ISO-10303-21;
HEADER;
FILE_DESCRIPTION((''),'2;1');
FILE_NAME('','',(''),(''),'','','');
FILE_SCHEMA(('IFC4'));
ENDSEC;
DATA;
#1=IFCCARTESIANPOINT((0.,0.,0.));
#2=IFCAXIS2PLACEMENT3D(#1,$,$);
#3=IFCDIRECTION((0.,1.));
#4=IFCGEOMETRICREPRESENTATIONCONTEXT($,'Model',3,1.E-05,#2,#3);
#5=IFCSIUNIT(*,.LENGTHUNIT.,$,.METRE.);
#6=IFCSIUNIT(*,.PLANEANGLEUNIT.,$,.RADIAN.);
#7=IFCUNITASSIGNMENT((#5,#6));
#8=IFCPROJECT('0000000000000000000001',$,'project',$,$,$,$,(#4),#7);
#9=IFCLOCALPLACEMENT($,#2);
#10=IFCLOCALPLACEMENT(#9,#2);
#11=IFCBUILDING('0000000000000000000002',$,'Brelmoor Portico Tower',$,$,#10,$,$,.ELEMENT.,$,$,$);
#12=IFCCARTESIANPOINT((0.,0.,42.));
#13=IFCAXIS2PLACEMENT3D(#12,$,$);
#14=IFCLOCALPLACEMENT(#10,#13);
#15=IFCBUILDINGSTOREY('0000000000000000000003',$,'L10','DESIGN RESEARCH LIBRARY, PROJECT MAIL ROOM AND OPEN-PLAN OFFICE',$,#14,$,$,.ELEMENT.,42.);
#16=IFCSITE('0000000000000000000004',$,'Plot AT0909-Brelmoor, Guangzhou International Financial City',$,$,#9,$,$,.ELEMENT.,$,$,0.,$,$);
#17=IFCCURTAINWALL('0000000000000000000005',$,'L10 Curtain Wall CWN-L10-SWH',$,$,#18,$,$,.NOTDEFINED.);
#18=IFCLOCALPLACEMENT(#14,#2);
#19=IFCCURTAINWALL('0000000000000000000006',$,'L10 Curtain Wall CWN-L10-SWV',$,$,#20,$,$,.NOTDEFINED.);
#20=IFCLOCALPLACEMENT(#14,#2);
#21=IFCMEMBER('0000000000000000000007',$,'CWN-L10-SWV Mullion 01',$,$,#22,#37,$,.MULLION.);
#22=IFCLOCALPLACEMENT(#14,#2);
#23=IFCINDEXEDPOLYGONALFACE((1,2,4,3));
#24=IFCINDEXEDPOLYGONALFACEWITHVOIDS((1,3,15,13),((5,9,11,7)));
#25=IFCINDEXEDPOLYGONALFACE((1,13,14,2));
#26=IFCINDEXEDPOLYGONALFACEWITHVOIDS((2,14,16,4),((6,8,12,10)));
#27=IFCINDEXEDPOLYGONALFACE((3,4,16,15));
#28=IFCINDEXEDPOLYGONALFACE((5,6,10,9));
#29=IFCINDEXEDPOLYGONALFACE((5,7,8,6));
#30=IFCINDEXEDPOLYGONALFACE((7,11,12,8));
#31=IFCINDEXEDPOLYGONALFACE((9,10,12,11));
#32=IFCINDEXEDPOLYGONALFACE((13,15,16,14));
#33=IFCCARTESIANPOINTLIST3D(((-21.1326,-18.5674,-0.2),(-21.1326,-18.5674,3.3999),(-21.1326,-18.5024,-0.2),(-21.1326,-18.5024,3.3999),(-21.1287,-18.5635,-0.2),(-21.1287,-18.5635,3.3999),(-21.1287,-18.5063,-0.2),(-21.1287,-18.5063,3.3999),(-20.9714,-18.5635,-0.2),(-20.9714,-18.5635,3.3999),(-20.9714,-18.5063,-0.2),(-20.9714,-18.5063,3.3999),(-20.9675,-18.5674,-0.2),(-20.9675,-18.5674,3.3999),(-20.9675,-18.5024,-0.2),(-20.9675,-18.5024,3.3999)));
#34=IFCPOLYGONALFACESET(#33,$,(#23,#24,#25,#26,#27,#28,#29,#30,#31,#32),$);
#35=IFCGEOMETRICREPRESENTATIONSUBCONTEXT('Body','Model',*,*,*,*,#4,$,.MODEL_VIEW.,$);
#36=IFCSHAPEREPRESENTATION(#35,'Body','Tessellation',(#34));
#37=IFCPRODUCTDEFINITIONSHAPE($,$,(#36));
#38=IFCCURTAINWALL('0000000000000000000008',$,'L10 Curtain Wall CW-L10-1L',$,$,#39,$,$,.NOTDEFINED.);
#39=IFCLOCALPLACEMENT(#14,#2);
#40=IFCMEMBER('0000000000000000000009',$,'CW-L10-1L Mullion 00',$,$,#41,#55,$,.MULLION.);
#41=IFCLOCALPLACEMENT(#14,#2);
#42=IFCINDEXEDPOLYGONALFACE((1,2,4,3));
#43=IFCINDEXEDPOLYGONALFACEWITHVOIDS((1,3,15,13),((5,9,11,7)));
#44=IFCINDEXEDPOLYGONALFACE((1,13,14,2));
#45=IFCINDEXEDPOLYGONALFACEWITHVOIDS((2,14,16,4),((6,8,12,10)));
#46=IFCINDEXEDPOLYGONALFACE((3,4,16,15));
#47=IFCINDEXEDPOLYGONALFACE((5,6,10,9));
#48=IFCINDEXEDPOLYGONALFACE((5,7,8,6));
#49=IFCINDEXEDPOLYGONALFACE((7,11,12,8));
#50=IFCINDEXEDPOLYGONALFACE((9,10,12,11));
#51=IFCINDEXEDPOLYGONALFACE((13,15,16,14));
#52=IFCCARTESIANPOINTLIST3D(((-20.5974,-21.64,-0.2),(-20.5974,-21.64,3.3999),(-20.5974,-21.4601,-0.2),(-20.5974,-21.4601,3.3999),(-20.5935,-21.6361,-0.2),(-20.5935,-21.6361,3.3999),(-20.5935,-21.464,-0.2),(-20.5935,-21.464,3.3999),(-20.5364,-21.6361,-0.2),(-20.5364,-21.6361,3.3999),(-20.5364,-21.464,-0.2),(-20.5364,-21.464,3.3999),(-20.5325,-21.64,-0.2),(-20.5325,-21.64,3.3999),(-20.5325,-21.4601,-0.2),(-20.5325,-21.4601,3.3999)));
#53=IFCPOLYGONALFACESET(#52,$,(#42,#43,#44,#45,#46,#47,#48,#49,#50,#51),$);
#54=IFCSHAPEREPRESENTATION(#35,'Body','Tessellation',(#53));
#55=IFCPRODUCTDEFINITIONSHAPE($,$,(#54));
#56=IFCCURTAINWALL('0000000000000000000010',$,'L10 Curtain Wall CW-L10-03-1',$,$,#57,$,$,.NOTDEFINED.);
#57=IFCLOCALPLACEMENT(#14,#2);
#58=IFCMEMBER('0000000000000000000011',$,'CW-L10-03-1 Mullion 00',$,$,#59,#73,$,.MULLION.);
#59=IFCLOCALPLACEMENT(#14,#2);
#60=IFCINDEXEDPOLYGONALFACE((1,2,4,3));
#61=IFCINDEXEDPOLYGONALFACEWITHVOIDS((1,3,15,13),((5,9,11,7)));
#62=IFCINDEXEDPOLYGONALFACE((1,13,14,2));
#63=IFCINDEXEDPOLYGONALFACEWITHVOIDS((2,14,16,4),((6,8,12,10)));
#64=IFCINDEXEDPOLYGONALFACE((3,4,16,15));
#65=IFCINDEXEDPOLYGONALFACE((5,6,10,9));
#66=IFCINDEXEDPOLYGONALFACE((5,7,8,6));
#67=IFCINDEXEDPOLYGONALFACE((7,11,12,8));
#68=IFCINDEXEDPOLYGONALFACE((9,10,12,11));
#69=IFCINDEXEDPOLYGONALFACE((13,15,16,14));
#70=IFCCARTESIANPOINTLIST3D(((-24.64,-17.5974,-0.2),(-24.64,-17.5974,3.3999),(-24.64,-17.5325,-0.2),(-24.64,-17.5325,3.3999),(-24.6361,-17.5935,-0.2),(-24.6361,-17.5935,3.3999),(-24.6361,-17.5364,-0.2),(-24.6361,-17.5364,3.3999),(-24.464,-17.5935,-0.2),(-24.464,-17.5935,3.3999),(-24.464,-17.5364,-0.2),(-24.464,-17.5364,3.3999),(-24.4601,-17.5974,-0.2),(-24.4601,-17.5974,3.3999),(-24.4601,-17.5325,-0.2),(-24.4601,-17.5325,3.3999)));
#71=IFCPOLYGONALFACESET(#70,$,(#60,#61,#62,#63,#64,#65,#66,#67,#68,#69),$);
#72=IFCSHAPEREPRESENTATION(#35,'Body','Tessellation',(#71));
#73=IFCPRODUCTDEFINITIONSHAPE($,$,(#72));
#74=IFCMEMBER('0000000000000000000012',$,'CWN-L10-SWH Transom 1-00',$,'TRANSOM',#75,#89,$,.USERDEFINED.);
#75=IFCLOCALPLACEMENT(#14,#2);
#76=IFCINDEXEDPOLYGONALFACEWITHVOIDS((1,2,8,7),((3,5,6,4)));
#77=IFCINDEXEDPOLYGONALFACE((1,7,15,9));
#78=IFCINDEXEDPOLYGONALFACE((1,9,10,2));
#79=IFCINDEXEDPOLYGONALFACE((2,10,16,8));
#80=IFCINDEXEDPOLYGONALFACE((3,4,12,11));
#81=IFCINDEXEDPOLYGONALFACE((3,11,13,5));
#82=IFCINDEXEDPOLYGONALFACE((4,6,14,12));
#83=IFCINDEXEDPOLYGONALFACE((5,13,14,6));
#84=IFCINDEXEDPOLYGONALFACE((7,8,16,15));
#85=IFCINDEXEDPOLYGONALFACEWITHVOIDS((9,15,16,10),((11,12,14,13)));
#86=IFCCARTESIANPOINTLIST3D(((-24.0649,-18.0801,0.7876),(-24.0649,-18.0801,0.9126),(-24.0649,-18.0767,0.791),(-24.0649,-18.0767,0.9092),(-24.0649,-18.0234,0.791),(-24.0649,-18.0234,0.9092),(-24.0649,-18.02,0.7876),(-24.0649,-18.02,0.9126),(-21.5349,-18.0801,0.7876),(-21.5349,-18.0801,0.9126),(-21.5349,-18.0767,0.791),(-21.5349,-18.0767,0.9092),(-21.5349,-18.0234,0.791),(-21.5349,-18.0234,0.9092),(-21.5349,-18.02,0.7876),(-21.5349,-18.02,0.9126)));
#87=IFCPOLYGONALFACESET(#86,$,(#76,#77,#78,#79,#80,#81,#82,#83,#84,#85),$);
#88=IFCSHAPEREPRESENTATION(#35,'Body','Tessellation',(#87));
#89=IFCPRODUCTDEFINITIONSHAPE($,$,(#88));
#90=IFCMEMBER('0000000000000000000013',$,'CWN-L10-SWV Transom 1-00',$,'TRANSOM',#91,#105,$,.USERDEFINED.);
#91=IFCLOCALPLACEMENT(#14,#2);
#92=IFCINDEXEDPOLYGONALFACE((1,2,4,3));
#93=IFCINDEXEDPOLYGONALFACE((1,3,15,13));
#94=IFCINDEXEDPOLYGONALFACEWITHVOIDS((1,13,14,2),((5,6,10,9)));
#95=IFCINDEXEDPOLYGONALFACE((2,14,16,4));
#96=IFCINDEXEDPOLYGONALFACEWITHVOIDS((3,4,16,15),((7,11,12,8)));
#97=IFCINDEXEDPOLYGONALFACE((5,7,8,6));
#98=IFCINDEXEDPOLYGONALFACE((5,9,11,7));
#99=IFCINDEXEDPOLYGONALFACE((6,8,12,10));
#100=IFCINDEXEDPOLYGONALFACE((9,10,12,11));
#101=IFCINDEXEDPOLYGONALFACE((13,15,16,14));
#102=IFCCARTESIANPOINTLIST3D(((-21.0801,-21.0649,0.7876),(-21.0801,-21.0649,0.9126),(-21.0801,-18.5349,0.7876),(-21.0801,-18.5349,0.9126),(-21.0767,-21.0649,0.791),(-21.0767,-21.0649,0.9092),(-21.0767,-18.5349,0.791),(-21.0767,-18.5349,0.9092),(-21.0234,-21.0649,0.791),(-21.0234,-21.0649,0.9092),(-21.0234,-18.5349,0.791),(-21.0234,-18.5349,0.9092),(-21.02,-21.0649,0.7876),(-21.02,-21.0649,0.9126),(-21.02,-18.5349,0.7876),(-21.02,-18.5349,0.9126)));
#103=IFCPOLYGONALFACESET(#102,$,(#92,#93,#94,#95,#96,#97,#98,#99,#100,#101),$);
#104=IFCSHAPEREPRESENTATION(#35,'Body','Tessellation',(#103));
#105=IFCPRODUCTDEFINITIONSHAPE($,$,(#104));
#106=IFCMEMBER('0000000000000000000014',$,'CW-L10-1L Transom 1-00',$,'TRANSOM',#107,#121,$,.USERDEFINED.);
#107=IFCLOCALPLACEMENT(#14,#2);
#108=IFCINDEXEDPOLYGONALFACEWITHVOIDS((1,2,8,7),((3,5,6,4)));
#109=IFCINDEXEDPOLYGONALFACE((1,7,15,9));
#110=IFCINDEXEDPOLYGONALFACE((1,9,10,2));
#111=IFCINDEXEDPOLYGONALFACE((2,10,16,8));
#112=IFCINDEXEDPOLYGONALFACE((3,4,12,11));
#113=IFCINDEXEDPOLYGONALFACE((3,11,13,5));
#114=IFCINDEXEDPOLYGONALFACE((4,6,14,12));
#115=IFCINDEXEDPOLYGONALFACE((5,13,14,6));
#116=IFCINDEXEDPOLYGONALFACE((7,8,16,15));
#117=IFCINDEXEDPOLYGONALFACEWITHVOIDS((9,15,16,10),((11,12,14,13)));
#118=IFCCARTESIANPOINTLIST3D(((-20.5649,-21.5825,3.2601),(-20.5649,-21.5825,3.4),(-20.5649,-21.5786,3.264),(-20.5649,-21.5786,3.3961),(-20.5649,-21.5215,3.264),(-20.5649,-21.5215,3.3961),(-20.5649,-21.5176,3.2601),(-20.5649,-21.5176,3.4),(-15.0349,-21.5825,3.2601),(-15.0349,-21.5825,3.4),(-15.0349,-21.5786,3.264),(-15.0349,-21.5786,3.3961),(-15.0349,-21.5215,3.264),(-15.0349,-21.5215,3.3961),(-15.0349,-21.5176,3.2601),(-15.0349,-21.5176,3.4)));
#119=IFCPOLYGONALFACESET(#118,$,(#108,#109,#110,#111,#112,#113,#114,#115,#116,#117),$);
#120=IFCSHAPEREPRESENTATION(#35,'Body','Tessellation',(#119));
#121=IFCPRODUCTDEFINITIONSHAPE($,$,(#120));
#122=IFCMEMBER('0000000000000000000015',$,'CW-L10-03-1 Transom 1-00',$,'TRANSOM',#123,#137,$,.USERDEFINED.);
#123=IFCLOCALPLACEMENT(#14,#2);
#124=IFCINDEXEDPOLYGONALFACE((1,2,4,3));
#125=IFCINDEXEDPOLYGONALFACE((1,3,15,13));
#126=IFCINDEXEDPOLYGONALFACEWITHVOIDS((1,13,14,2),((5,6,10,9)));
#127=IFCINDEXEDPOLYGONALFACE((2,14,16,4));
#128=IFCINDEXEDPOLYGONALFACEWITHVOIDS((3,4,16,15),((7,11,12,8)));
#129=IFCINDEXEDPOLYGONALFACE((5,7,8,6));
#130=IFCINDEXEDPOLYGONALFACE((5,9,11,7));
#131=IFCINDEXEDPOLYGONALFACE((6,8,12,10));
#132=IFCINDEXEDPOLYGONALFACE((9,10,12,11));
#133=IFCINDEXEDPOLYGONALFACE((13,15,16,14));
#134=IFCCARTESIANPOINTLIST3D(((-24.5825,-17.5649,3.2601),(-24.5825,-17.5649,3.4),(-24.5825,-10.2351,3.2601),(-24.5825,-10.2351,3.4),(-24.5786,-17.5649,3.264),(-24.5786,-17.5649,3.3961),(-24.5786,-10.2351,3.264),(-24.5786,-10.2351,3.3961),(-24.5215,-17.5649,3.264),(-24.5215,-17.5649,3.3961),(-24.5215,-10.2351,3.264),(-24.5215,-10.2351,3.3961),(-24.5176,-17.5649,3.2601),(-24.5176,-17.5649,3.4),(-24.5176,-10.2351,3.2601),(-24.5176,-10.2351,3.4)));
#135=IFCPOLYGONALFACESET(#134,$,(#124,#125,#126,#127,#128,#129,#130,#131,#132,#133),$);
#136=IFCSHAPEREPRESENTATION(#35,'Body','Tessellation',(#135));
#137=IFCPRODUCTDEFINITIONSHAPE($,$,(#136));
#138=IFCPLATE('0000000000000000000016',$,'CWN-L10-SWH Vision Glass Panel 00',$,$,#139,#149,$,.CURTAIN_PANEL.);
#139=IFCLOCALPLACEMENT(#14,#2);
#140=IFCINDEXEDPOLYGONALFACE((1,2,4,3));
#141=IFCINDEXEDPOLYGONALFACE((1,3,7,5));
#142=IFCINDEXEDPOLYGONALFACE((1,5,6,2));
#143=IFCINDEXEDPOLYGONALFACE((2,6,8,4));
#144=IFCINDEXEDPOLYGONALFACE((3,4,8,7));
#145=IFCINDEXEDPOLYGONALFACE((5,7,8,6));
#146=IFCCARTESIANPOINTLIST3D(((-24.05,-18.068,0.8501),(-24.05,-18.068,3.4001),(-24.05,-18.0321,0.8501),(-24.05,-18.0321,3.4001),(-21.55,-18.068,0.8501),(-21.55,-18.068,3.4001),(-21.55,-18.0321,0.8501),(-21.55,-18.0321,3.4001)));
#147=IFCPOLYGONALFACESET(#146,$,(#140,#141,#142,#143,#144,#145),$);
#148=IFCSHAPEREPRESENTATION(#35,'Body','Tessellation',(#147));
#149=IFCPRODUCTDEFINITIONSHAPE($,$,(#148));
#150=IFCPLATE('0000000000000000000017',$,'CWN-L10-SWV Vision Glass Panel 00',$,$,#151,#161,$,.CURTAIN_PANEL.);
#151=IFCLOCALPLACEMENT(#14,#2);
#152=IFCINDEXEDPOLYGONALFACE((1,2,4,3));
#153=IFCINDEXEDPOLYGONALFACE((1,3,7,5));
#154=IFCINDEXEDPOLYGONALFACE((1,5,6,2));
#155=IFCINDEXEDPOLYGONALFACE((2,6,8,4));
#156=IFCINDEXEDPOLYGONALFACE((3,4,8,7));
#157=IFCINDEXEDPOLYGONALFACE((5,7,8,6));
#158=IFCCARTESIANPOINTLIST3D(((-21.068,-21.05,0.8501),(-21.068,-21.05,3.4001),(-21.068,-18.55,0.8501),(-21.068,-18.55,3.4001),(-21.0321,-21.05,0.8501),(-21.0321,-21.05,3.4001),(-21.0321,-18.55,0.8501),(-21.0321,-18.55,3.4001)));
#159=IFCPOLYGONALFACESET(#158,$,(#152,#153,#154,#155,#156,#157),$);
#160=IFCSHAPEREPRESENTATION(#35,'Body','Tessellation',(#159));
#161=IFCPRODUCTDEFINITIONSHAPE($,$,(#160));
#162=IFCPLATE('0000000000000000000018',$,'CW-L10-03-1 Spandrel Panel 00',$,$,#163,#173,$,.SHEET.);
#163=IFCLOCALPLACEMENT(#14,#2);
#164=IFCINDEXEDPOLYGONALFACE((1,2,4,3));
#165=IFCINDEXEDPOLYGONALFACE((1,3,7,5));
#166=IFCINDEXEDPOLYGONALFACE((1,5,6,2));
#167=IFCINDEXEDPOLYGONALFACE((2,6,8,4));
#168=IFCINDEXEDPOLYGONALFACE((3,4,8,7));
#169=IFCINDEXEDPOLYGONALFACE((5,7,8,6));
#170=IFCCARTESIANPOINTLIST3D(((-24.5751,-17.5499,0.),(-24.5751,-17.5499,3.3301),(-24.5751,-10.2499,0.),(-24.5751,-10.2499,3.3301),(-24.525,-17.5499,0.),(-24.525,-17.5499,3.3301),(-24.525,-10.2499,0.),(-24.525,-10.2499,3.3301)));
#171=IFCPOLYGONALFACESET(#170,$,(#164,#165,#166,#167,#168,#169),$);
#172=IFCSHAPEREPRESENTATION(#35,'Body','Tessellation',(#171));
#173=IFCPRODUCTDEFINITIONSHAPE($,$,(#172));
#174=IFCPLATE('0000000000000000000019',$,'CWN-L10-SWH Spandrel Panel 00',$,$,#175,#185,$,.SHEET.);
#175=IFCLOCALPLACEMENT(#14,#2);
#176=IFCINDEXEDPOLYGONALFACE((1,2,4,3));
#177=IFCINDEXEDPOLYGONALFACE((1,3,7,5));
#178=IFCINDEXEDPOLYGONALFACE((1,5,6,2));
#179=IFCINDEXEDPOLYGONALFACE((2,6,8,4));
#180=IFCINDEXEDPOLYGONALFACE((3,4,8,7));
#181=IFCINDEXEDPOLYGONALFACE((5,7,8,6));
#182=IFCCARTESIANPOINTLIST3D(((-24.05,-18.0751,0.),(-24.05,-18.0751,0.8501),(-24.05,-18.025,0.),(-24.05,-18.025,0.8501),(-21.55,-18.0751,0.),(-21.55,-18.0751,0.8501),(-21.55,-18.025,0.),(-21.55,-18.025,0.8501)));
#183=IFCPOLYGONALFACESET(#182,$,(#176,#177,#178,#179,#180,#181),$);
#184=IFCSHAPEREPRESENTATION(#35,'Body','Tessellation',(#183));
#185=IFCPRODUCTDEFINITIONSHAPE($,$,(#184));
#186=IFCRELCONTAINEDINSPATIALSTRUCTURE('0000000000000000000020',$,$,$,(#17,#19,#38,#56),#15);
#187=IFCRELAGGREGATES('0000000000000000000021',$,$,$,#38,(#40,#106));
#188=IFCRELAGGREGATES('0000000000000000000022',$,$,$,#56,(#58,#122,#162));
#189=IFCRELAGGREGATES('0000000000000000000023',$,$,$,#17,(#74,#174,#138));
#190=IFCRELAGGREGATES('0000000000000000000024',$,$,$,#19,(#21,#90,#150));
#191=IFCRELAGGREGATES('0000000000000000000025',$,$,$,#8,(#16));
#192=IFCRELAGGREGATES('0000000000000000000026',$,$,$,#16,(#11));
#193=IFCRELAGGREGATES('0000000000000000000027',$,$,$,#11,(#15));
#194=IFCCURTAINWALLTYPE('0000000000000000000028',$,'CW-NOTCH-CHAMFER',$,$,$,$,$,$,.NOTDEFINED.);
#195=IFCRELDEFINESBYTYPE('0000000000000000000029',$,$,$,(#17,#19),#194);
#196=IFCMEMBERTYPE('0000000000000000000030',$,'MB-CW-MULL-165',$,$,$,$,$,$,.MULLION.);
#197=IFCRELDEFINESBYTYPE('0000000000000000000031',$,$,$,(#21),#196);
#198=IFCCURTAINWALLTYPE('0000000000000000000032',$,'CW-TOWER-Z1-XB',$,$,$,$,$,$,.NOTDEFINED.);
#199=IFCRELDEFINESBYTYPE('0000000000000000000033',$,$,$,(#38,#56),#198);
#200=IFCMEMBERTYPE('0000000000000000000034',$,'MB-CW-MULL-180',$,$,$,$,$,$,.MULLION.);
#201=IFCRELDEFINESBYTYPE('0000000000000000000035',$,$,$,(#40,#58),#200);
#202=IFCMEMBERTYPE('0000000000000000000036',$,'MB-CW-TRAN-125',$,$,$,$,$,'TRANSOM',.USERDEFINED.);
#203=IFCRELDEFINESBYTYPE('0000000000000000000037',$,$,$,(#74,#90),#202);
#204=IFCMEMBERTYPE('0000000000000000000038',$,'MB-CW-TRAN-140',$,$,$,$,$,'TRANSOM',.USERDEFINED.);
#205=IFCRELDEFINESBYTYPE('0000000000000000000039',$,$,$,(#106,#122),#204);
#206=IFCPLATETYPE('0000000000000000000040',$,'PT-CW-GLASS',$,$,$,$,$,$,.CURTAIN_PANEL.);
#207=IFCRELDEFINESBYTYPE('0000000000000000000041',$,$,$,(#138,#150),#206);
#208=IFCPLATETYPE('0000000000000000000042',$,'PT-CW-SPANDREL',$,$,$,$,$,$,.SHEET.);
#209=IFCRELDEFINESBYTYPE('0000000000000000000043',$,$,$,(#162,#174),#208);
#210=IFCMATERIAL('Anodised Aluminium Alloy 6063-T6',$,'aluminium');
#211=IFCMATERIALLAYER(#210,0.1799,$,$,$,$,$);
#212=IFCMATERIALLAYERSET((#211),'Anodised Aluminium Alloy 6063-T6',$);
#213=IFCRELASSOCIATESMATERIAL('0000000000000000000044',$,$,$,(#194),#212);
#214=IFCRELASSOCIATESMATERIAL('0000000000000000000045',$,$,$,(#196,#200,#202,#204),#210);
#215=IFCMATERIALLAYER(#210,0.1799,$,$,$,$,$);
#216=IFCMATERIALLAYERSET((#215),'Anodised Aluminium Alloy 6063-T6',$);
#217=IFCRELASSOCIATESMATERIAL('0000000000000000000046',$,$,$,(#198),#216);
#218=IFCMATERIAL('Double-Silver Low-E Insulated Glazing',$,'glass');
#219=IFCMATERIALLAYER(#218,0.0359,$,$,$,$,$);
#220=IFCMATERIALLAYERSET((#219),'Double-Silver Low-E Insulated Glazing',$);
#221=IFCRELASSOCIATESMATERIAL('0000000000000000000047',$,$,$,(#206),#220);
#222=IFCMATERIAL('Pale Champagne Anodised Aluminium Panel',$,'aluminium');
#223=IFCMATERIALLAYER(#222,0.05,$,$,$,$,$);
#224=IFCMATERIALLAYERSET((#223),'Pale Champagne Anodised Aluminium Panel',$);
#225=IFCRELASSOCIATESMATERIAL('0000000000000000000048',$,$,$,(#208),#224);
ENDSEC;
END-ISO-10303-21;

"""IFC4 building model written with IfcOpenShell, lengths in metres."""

from ifc_helpers import new_model, si_unit, direction, frame, origin, origin_2d, place, context, subcontext, project, spatial, rectangle, hollow_rectangle, extrude, material, layer, layer_set, material_profile, profile_set, type_object, element, aggregate, save


model = new_model("IFC4")

# Units and contexts
model_context = context("Model", 3, precision=1e-05, world=origin(), true_north=direction((0.0, 1.0)))
body_context = subcontext(model_context, "Body", "Model", "MODEL_VIEW")
ifc_project = project(units=[si_unit("LENGTHUNIT", "METRE"), si_unit("PLANEANGLEUNIT", "RADIAN")], contexts=[model_context])

# Site, building, storey
site_placement = place(None, origin())
site = spatial("IfcSite", under=ifc_project, at=site_placement, Name="Plot AT0909-Brelmoor, Guangzhou International Financial City", CompositionType="ELEMENT", RefElevation=0.0)
building_placement = place(site_placement, origin())
building = spatial("IfcBuilding", under=site, at=building_placement, Name="Brelmoor Portico Tower", CompositionType="ELEMENT")
storey_placement = place(building_placement, frame((0.0, 0.0, 42.0)))
storey = spatial("IfcBuildingStorey", under=building, at=storey_placement, Name="L10", Description="DESIGN RESEARCH LIBRARY, PROJECT MAIL ROOM AND OPEN-PLAN OFFICE", CompositionType="ELEMENT", Elevation=42.0)

# Curtain walls, member
ifc_material_1 = material(Name="Anodised Aluminium Alloy 6063-T6", Category="aluminium")
ifc_layer_1 = layer(ifc_material_1, 0.1799)
ifc_layer_set_1 = layer_set([ifc_layer_1], Name="Anodised Aluminium Alloy 6063-T6")
curtain_wall_type_1 = type_object("IfcCurtainWallType", Name="CW-NOTCH-CHAMFER", PredefinedType="NOTDEFINED", material=ifc_layer_set_1)
curtain_wall_1_placement = place(storey_placement, origin())
curtain_wall_1 = element("IfcCurtainWall", 1, at=curtain_wall_1_placement, inside=storey, type_object=curtain_wall_type_1, Name="L10 Curtain Wall CWN-L10-SWH", PredefinedType="NOTDEFINED")
ifc_material_profile_1 = material_profile(ifc_material_1, hollow_rectangle(XDim=0.0649, YDim=0.165, WallThickness=0.0039, at=origin_2d()), Name="ALU MULLION 65x165")
ifc_profile_set_1 = profile_set([ifc_material_profile_1], Name="Anodised Aluminium Alloy 6063-T6")
member_type_1 = type_object("IfcMemberType", Name="MB-CW-MULL-165", PredefinedType="MULLION", material=ifc_profile_set_1)
curtain_wall_2_placement = place(storey_placement, origin())
curtain_wall_2 = element("IfcCurtainWall", 2, at=curtain_wall_2_placement, inside=storey, type_object=curtain_wall_type_1, Name="L10 Curtain Wall CWN-L10-SWV", PredefinedType="NOTDEFINED")
member_1_placement = place(storey_placement, frame((-21.05, -18.5349, -0.2), z_axis=(0.0, 0.0, 1.0), x_axis=(0.0, 1.0, 0.0)))
member_1 = element("IfcMember", 3, at=member_1_placement, type_object=member_type_1, Name="CWN-L10-SWV Mullion 01", PredefinedType="MULLION", context=body_context, shape_type="SweptSolid", body=[
    extrude(hollow_rectangle(XDim=0.0649, YDim=0.165, WallThickness=0.0039, at=origin_2d()), origin(), (0.0, 0.0, 1.0), 3.5999),
])

# Curtain walls, members
ifc_layer_2 = layer(ifc_material_1, 0.1799)
ifc_layer_set_2 = layer_set([ifc_layer_2], Name="Anodised Aluminium Alloy 6063-T6")
curtain_wall_type_2 = type_object("IfcCurtainWallType", Name="CW-TOWER-Z1-XB", PredefinedType="NOTDEFINED", material=ifc_layer_set_2)
curtain_wall_3_placement = place(storey_placement, origin())
curtain_wall_3 = element("IfcCurtainWall", 4, at=curtain_wall_3_placement, inside=storey, type_object=curtain_wall_type_2, Name="L10 Curtain Wall CW-L10-1L", PredefinedType="NOTDEFINED")
ifc_material_profile_2 = material_profile(ifc_material_1, hollow_rectangle(XDim=0.0649, YDim=0.1799, WallThickness=0.0039, at=origin_2d()), Name="ALU MULLION 65x180")
ifc_profile_set_2 = profile_set([ifc_material_profile_2], Name="Anodised Aluminium Alloy 6063-T6")
member_type_2 = type_object("IfcMemberType", Name="MB-CW-MULL-180", PredefinedType="MULLION", material=ifc_profile_set_2)
member_2_placement = place(storey_placement, frame((-20.5649, -21.55, -0.2), z_axis=(0.0, 0.0, 1.0), x_axis=(1.0, 0.0, 0.0)))
member_2 = element("IfcMember", 5, at=member_2_placement, type_object=member_type_2, Name="CW-L10-1L Mullion 00", PredefinedType="MULLION", context=body_context, shape_type="SweptSolid", body=[
    extrude(hollow_rectangle(XDim=0.0649, YDim=0.1799, WallThickness=0.0039, at=origin_2d()), origin(), (0.0, 0.0, 1.0), 3.5999),
])
curtain_wall_4_placement = place(storey_placement, origin())
curtain_wall_4 = element("IfcCurtainWall", 6, at=curtain_wall_4_placement, inside=storey, type_object=curtain_wall_type_2, Name="L10 Curtain Wall CW-L10-03-1", PredefinedType="NOTDEFINED")
member_3_placement = place(storey_placement, frame((-24.55, -17.5649, -0.2), z_axis=(0.0, 0.0, 1.0), x_axis=(0.0, 1.0, 0.0)))
member_3 = element("IfcMember", 7, at=member_3_placement, type_object=member_type_2, Name="CW-L10-03-1 Mullion 00", PredefinedType="MULLION", context=body_context, shape_type="SweptSolid", body=[
    extrude(hollow_rectangle(XDim=0.0649, YDim=0.1799, WallThickness=0.0039, at=origin_2d()), origin(), (0.0, 0.0, 1.0), 3.5999),
])

# Members
ifc_material_profile_3 = material_profile(ifc_material_1, hollow_rectangle(XDim=0.0601, YDim=0.125, WallThickness=0.0034, at=origin_2d()), Name="ALU TRANSOM 60x125")
ifc_profile_set_3 = profile_set([ifc_material_profile_3], Name="Anodised Aluminium Alloy 6063-T6")
member_type_3 = type_object("IfcMemberType", Name="MB-CW-TRAN-125", ElementType="TRANSOM", PredefinedType="USERDEFINED", material=ifc_profile_set_3)
member_4_placement = place(storey_placement, frame((-24.0649, -18.05, 0.8501), z_axis=(1.0, 0.0, 0.0), x_axis=(0.0, 1.0, 0.0)))
member_4 = element("IfcMember", 8, at=member_4_placement, type_object=member_type_3, Name="CWN-L10-SWH Transom 1-00", ObjectType="TRANSOM", PredefinedType="USERDEFINED", context=body_context, shape_type="SweptSolid", body=[
    extrude(hollow_rectangle(XDim=0.0601, YDim=0.125, WallThickness=0.0034, at=origin_2d()), origin(), (0.0, 0.0, 1.0), 2.53),
])
member_5_placement = place(storey_placement, frame((-21.05, -21.0649, 0.8501), z_axis=(0.0, 1.0, 0.0), x_axis=(-1.0, 0.0, 0.0)))
member_5 = element("IfcMember", 9, at=member_5_placement, type_object=member_type_3, Name="CWN-L10-SWV Transom 1-00", ObjectType="TRANSOM", PredefinedType="USERDEFINED", context=body_context, shape_type="SweptSolid", body=[
    extrude(hollow_rectangle(XDim=0.0601, YDim=0.125, WallThickness=0.0034, at=origin_2d()), origin(), (0.0, 0.0, 1.0), 2.53),
])
ifc_material_profile_4 = material_profile(ifc_material_1, hollow_rectangle(XDim=0.0649, YDim=0.1399, WallThickness=0.0039, at=origin_2d()), Name="ALU TRANSOM 65x140")
ifc_profile_set_4 = profile_set([ifc_material_profile_4], Name="Anodised Aluminium Alloy 6063-T6")
member_type_4 = type_object("IfcMemberType", Name="MB-CW-TRAN-140", ElementType="TRANSOM", PredefinedType="USERDEFINED", material=ifc_profile_set_4)
member_6_placement = place(storey_placement, frame((-20.5649, -21.55, 3.3301), z_axis=(1.0, 0.0, 0.0), x_axis=(0.0, 1.0, 0.0)))
member_6 = element("IfcMember", 10, at=member_6_placement, type_object=member_type_4, Name="CW-L10-1L Transom 1-00", ObjectType="TRANSOM", PredefinedType="USERDEFINED", context=body_context, shape_type="SweptSolid", body=[
    extrude(hollow_rectangle(XDim=0.0649, YDim=0.1399, WallThickness=0.0039, at=origin_2d()), origin(), (0.0, 0.0, 1.0), 5.53),
])
aggregate(curtain_wall_3, [member_2, member_6])
member_7_placement = place(storey_placement, frame((-24.55, -17.5649, 3.3301), z_axis=(0.0, 1.0, 0.0), x_axis=(-1.0, 0.0, 0.0)))
member_7 = element("IfcMember", 11, at=member_7_placement, type_object=member_type_4, Name="CW-L10-03-1 Transom 1-00", ObjectType="TRANSOM", PredefinedType="USERDEFINED", context=body_context, shape_type="SweptSolid", body=[
    extrude(hollow_rectangle(XDim=0.0649, YDim=0.1399, WallThickness=0.0039, at=origin_2d()), origin(), (0.0, 0.0, 1.0), 7.3298),
])

# Plates
ifc_material_2 = material(Name="Double-Silver Low-E Insulated Glazing", Category="glass")
ifc_layer_3 = layer(ifc_material_2, 0.0359)
ifc_layer_set_3 = layer_set([ifc_layer_3], Name="Double-Silver Low-E Insulated Glazing")
plate_type_1 = type_object("IfcPlateType", Name="PT-CW-GLASS", PredefinedType="CURTAIN_PANEL", material=ifc_layer_set_3)
plate_1_placement = place(storey_placement, frame((-22.8, -18.05, 0.8501), z_axis=(0.0, 0.0, 1.0), x_axis=(1.0, 0.0, 0.0)))
plate_1 = element("IfcPlate", 12, at=plate_1_placement, type_object=plate_type_1, Name="CWN-L10-SWH Vision Glass Panel 00", PredefinedType="CURTAIN_PANEL", context=body_context, shape_type="SweptSolid", body=[
    extrude(rectangle(XDim=2.5, YDim=0.0359, at=origin_2d()), origin(), (0.0, 0.0, 1.0), 2.55),
])
plate_2_placement = place(storey_placement, frame((-21.05, -19.8, 0.8501), z_axis=(0.0, 0.0, 1.0), x_axis=(0.0, 1.0, 0.0)))
plate_2 = element("IfcPlate", 13, at=plate_2_placement, type_object=plate_type_1, Name="CWN-L10-SWV Vision Glass Panel 00", PredefinedType="CURTAIN_PANEL", context=body_context, shape_type="SweptSolid", body=[
    extrude(rectangle(XDim=2.5, YDim=0.0359, at=origin_2d()), origin(), (0.0, 0.0, 1.0), 2.55),
])
ifc_material_3 = material(Name="Pale Champagne Anodised Aluminium Panel", Category="aluminium")
ifc_layer_4 = layer(ifc_material_3, 0.05)
ifc_layer_set_4 = layer_set([ifc_layer_4], Name="Pale Champagne Anodised Aluminium Panel")
plate_type_2 = type_object("IfcPlateType", Name="PT-CW-SPANDREL", PredefinedType="SHEET", material=ifc_layer_set_4)
plate_3_placement = place(storey_placement, frame((-24.55, -13.8999, 0.0), z_axis=(0.0, 0.0, 1.0), x_axis=(0.0, 1.0, 0.0)))
plate_3 = element("IfcPlate", 14, at=plate_3_placement, type_object=plate_type_2, Name="CW-L10-03-1 Spandrel Panel 00", PredefinedType="SHEET", context=body_context, shape_type="SweptSolid", body=[
    extrude(rectangle(XDim=7.3, YDim=0.05, at=origin_2d()), origin(), (0.0, 0.0, 1.0), 3.3301),
])
aggregate(curtain_wall_4, [member_3, member_7, plate_3])
plate_4_placement = place(storey_placement, frame((-22.8, -18.05, 0.0), z_axis=(0.0, 0.0, 1.0), x_axis=(1.0, 0.0, 0.0)))
plate_4 = element("IfcPlate", 15, at=plate_4_placement, type_object=plate_type_2, Name="CWN-L10-SWH Spandrel Panel 00", PredefinedType="SHEET", context=body_context, shape_type="SweptSolid", body=[
    extrude(rectangle(XDim=2.5, YDim=0.05, at=origin_2d()), origin(), (0.0, 0.0, 1.0), 0.8501),
])
aggregate(curtain_wall_1, [member_4, plate_4, plate_1])
aggregate(curtain_wall_2, [member_1, member_5, plate_2])

save(model, "model.ifc")
